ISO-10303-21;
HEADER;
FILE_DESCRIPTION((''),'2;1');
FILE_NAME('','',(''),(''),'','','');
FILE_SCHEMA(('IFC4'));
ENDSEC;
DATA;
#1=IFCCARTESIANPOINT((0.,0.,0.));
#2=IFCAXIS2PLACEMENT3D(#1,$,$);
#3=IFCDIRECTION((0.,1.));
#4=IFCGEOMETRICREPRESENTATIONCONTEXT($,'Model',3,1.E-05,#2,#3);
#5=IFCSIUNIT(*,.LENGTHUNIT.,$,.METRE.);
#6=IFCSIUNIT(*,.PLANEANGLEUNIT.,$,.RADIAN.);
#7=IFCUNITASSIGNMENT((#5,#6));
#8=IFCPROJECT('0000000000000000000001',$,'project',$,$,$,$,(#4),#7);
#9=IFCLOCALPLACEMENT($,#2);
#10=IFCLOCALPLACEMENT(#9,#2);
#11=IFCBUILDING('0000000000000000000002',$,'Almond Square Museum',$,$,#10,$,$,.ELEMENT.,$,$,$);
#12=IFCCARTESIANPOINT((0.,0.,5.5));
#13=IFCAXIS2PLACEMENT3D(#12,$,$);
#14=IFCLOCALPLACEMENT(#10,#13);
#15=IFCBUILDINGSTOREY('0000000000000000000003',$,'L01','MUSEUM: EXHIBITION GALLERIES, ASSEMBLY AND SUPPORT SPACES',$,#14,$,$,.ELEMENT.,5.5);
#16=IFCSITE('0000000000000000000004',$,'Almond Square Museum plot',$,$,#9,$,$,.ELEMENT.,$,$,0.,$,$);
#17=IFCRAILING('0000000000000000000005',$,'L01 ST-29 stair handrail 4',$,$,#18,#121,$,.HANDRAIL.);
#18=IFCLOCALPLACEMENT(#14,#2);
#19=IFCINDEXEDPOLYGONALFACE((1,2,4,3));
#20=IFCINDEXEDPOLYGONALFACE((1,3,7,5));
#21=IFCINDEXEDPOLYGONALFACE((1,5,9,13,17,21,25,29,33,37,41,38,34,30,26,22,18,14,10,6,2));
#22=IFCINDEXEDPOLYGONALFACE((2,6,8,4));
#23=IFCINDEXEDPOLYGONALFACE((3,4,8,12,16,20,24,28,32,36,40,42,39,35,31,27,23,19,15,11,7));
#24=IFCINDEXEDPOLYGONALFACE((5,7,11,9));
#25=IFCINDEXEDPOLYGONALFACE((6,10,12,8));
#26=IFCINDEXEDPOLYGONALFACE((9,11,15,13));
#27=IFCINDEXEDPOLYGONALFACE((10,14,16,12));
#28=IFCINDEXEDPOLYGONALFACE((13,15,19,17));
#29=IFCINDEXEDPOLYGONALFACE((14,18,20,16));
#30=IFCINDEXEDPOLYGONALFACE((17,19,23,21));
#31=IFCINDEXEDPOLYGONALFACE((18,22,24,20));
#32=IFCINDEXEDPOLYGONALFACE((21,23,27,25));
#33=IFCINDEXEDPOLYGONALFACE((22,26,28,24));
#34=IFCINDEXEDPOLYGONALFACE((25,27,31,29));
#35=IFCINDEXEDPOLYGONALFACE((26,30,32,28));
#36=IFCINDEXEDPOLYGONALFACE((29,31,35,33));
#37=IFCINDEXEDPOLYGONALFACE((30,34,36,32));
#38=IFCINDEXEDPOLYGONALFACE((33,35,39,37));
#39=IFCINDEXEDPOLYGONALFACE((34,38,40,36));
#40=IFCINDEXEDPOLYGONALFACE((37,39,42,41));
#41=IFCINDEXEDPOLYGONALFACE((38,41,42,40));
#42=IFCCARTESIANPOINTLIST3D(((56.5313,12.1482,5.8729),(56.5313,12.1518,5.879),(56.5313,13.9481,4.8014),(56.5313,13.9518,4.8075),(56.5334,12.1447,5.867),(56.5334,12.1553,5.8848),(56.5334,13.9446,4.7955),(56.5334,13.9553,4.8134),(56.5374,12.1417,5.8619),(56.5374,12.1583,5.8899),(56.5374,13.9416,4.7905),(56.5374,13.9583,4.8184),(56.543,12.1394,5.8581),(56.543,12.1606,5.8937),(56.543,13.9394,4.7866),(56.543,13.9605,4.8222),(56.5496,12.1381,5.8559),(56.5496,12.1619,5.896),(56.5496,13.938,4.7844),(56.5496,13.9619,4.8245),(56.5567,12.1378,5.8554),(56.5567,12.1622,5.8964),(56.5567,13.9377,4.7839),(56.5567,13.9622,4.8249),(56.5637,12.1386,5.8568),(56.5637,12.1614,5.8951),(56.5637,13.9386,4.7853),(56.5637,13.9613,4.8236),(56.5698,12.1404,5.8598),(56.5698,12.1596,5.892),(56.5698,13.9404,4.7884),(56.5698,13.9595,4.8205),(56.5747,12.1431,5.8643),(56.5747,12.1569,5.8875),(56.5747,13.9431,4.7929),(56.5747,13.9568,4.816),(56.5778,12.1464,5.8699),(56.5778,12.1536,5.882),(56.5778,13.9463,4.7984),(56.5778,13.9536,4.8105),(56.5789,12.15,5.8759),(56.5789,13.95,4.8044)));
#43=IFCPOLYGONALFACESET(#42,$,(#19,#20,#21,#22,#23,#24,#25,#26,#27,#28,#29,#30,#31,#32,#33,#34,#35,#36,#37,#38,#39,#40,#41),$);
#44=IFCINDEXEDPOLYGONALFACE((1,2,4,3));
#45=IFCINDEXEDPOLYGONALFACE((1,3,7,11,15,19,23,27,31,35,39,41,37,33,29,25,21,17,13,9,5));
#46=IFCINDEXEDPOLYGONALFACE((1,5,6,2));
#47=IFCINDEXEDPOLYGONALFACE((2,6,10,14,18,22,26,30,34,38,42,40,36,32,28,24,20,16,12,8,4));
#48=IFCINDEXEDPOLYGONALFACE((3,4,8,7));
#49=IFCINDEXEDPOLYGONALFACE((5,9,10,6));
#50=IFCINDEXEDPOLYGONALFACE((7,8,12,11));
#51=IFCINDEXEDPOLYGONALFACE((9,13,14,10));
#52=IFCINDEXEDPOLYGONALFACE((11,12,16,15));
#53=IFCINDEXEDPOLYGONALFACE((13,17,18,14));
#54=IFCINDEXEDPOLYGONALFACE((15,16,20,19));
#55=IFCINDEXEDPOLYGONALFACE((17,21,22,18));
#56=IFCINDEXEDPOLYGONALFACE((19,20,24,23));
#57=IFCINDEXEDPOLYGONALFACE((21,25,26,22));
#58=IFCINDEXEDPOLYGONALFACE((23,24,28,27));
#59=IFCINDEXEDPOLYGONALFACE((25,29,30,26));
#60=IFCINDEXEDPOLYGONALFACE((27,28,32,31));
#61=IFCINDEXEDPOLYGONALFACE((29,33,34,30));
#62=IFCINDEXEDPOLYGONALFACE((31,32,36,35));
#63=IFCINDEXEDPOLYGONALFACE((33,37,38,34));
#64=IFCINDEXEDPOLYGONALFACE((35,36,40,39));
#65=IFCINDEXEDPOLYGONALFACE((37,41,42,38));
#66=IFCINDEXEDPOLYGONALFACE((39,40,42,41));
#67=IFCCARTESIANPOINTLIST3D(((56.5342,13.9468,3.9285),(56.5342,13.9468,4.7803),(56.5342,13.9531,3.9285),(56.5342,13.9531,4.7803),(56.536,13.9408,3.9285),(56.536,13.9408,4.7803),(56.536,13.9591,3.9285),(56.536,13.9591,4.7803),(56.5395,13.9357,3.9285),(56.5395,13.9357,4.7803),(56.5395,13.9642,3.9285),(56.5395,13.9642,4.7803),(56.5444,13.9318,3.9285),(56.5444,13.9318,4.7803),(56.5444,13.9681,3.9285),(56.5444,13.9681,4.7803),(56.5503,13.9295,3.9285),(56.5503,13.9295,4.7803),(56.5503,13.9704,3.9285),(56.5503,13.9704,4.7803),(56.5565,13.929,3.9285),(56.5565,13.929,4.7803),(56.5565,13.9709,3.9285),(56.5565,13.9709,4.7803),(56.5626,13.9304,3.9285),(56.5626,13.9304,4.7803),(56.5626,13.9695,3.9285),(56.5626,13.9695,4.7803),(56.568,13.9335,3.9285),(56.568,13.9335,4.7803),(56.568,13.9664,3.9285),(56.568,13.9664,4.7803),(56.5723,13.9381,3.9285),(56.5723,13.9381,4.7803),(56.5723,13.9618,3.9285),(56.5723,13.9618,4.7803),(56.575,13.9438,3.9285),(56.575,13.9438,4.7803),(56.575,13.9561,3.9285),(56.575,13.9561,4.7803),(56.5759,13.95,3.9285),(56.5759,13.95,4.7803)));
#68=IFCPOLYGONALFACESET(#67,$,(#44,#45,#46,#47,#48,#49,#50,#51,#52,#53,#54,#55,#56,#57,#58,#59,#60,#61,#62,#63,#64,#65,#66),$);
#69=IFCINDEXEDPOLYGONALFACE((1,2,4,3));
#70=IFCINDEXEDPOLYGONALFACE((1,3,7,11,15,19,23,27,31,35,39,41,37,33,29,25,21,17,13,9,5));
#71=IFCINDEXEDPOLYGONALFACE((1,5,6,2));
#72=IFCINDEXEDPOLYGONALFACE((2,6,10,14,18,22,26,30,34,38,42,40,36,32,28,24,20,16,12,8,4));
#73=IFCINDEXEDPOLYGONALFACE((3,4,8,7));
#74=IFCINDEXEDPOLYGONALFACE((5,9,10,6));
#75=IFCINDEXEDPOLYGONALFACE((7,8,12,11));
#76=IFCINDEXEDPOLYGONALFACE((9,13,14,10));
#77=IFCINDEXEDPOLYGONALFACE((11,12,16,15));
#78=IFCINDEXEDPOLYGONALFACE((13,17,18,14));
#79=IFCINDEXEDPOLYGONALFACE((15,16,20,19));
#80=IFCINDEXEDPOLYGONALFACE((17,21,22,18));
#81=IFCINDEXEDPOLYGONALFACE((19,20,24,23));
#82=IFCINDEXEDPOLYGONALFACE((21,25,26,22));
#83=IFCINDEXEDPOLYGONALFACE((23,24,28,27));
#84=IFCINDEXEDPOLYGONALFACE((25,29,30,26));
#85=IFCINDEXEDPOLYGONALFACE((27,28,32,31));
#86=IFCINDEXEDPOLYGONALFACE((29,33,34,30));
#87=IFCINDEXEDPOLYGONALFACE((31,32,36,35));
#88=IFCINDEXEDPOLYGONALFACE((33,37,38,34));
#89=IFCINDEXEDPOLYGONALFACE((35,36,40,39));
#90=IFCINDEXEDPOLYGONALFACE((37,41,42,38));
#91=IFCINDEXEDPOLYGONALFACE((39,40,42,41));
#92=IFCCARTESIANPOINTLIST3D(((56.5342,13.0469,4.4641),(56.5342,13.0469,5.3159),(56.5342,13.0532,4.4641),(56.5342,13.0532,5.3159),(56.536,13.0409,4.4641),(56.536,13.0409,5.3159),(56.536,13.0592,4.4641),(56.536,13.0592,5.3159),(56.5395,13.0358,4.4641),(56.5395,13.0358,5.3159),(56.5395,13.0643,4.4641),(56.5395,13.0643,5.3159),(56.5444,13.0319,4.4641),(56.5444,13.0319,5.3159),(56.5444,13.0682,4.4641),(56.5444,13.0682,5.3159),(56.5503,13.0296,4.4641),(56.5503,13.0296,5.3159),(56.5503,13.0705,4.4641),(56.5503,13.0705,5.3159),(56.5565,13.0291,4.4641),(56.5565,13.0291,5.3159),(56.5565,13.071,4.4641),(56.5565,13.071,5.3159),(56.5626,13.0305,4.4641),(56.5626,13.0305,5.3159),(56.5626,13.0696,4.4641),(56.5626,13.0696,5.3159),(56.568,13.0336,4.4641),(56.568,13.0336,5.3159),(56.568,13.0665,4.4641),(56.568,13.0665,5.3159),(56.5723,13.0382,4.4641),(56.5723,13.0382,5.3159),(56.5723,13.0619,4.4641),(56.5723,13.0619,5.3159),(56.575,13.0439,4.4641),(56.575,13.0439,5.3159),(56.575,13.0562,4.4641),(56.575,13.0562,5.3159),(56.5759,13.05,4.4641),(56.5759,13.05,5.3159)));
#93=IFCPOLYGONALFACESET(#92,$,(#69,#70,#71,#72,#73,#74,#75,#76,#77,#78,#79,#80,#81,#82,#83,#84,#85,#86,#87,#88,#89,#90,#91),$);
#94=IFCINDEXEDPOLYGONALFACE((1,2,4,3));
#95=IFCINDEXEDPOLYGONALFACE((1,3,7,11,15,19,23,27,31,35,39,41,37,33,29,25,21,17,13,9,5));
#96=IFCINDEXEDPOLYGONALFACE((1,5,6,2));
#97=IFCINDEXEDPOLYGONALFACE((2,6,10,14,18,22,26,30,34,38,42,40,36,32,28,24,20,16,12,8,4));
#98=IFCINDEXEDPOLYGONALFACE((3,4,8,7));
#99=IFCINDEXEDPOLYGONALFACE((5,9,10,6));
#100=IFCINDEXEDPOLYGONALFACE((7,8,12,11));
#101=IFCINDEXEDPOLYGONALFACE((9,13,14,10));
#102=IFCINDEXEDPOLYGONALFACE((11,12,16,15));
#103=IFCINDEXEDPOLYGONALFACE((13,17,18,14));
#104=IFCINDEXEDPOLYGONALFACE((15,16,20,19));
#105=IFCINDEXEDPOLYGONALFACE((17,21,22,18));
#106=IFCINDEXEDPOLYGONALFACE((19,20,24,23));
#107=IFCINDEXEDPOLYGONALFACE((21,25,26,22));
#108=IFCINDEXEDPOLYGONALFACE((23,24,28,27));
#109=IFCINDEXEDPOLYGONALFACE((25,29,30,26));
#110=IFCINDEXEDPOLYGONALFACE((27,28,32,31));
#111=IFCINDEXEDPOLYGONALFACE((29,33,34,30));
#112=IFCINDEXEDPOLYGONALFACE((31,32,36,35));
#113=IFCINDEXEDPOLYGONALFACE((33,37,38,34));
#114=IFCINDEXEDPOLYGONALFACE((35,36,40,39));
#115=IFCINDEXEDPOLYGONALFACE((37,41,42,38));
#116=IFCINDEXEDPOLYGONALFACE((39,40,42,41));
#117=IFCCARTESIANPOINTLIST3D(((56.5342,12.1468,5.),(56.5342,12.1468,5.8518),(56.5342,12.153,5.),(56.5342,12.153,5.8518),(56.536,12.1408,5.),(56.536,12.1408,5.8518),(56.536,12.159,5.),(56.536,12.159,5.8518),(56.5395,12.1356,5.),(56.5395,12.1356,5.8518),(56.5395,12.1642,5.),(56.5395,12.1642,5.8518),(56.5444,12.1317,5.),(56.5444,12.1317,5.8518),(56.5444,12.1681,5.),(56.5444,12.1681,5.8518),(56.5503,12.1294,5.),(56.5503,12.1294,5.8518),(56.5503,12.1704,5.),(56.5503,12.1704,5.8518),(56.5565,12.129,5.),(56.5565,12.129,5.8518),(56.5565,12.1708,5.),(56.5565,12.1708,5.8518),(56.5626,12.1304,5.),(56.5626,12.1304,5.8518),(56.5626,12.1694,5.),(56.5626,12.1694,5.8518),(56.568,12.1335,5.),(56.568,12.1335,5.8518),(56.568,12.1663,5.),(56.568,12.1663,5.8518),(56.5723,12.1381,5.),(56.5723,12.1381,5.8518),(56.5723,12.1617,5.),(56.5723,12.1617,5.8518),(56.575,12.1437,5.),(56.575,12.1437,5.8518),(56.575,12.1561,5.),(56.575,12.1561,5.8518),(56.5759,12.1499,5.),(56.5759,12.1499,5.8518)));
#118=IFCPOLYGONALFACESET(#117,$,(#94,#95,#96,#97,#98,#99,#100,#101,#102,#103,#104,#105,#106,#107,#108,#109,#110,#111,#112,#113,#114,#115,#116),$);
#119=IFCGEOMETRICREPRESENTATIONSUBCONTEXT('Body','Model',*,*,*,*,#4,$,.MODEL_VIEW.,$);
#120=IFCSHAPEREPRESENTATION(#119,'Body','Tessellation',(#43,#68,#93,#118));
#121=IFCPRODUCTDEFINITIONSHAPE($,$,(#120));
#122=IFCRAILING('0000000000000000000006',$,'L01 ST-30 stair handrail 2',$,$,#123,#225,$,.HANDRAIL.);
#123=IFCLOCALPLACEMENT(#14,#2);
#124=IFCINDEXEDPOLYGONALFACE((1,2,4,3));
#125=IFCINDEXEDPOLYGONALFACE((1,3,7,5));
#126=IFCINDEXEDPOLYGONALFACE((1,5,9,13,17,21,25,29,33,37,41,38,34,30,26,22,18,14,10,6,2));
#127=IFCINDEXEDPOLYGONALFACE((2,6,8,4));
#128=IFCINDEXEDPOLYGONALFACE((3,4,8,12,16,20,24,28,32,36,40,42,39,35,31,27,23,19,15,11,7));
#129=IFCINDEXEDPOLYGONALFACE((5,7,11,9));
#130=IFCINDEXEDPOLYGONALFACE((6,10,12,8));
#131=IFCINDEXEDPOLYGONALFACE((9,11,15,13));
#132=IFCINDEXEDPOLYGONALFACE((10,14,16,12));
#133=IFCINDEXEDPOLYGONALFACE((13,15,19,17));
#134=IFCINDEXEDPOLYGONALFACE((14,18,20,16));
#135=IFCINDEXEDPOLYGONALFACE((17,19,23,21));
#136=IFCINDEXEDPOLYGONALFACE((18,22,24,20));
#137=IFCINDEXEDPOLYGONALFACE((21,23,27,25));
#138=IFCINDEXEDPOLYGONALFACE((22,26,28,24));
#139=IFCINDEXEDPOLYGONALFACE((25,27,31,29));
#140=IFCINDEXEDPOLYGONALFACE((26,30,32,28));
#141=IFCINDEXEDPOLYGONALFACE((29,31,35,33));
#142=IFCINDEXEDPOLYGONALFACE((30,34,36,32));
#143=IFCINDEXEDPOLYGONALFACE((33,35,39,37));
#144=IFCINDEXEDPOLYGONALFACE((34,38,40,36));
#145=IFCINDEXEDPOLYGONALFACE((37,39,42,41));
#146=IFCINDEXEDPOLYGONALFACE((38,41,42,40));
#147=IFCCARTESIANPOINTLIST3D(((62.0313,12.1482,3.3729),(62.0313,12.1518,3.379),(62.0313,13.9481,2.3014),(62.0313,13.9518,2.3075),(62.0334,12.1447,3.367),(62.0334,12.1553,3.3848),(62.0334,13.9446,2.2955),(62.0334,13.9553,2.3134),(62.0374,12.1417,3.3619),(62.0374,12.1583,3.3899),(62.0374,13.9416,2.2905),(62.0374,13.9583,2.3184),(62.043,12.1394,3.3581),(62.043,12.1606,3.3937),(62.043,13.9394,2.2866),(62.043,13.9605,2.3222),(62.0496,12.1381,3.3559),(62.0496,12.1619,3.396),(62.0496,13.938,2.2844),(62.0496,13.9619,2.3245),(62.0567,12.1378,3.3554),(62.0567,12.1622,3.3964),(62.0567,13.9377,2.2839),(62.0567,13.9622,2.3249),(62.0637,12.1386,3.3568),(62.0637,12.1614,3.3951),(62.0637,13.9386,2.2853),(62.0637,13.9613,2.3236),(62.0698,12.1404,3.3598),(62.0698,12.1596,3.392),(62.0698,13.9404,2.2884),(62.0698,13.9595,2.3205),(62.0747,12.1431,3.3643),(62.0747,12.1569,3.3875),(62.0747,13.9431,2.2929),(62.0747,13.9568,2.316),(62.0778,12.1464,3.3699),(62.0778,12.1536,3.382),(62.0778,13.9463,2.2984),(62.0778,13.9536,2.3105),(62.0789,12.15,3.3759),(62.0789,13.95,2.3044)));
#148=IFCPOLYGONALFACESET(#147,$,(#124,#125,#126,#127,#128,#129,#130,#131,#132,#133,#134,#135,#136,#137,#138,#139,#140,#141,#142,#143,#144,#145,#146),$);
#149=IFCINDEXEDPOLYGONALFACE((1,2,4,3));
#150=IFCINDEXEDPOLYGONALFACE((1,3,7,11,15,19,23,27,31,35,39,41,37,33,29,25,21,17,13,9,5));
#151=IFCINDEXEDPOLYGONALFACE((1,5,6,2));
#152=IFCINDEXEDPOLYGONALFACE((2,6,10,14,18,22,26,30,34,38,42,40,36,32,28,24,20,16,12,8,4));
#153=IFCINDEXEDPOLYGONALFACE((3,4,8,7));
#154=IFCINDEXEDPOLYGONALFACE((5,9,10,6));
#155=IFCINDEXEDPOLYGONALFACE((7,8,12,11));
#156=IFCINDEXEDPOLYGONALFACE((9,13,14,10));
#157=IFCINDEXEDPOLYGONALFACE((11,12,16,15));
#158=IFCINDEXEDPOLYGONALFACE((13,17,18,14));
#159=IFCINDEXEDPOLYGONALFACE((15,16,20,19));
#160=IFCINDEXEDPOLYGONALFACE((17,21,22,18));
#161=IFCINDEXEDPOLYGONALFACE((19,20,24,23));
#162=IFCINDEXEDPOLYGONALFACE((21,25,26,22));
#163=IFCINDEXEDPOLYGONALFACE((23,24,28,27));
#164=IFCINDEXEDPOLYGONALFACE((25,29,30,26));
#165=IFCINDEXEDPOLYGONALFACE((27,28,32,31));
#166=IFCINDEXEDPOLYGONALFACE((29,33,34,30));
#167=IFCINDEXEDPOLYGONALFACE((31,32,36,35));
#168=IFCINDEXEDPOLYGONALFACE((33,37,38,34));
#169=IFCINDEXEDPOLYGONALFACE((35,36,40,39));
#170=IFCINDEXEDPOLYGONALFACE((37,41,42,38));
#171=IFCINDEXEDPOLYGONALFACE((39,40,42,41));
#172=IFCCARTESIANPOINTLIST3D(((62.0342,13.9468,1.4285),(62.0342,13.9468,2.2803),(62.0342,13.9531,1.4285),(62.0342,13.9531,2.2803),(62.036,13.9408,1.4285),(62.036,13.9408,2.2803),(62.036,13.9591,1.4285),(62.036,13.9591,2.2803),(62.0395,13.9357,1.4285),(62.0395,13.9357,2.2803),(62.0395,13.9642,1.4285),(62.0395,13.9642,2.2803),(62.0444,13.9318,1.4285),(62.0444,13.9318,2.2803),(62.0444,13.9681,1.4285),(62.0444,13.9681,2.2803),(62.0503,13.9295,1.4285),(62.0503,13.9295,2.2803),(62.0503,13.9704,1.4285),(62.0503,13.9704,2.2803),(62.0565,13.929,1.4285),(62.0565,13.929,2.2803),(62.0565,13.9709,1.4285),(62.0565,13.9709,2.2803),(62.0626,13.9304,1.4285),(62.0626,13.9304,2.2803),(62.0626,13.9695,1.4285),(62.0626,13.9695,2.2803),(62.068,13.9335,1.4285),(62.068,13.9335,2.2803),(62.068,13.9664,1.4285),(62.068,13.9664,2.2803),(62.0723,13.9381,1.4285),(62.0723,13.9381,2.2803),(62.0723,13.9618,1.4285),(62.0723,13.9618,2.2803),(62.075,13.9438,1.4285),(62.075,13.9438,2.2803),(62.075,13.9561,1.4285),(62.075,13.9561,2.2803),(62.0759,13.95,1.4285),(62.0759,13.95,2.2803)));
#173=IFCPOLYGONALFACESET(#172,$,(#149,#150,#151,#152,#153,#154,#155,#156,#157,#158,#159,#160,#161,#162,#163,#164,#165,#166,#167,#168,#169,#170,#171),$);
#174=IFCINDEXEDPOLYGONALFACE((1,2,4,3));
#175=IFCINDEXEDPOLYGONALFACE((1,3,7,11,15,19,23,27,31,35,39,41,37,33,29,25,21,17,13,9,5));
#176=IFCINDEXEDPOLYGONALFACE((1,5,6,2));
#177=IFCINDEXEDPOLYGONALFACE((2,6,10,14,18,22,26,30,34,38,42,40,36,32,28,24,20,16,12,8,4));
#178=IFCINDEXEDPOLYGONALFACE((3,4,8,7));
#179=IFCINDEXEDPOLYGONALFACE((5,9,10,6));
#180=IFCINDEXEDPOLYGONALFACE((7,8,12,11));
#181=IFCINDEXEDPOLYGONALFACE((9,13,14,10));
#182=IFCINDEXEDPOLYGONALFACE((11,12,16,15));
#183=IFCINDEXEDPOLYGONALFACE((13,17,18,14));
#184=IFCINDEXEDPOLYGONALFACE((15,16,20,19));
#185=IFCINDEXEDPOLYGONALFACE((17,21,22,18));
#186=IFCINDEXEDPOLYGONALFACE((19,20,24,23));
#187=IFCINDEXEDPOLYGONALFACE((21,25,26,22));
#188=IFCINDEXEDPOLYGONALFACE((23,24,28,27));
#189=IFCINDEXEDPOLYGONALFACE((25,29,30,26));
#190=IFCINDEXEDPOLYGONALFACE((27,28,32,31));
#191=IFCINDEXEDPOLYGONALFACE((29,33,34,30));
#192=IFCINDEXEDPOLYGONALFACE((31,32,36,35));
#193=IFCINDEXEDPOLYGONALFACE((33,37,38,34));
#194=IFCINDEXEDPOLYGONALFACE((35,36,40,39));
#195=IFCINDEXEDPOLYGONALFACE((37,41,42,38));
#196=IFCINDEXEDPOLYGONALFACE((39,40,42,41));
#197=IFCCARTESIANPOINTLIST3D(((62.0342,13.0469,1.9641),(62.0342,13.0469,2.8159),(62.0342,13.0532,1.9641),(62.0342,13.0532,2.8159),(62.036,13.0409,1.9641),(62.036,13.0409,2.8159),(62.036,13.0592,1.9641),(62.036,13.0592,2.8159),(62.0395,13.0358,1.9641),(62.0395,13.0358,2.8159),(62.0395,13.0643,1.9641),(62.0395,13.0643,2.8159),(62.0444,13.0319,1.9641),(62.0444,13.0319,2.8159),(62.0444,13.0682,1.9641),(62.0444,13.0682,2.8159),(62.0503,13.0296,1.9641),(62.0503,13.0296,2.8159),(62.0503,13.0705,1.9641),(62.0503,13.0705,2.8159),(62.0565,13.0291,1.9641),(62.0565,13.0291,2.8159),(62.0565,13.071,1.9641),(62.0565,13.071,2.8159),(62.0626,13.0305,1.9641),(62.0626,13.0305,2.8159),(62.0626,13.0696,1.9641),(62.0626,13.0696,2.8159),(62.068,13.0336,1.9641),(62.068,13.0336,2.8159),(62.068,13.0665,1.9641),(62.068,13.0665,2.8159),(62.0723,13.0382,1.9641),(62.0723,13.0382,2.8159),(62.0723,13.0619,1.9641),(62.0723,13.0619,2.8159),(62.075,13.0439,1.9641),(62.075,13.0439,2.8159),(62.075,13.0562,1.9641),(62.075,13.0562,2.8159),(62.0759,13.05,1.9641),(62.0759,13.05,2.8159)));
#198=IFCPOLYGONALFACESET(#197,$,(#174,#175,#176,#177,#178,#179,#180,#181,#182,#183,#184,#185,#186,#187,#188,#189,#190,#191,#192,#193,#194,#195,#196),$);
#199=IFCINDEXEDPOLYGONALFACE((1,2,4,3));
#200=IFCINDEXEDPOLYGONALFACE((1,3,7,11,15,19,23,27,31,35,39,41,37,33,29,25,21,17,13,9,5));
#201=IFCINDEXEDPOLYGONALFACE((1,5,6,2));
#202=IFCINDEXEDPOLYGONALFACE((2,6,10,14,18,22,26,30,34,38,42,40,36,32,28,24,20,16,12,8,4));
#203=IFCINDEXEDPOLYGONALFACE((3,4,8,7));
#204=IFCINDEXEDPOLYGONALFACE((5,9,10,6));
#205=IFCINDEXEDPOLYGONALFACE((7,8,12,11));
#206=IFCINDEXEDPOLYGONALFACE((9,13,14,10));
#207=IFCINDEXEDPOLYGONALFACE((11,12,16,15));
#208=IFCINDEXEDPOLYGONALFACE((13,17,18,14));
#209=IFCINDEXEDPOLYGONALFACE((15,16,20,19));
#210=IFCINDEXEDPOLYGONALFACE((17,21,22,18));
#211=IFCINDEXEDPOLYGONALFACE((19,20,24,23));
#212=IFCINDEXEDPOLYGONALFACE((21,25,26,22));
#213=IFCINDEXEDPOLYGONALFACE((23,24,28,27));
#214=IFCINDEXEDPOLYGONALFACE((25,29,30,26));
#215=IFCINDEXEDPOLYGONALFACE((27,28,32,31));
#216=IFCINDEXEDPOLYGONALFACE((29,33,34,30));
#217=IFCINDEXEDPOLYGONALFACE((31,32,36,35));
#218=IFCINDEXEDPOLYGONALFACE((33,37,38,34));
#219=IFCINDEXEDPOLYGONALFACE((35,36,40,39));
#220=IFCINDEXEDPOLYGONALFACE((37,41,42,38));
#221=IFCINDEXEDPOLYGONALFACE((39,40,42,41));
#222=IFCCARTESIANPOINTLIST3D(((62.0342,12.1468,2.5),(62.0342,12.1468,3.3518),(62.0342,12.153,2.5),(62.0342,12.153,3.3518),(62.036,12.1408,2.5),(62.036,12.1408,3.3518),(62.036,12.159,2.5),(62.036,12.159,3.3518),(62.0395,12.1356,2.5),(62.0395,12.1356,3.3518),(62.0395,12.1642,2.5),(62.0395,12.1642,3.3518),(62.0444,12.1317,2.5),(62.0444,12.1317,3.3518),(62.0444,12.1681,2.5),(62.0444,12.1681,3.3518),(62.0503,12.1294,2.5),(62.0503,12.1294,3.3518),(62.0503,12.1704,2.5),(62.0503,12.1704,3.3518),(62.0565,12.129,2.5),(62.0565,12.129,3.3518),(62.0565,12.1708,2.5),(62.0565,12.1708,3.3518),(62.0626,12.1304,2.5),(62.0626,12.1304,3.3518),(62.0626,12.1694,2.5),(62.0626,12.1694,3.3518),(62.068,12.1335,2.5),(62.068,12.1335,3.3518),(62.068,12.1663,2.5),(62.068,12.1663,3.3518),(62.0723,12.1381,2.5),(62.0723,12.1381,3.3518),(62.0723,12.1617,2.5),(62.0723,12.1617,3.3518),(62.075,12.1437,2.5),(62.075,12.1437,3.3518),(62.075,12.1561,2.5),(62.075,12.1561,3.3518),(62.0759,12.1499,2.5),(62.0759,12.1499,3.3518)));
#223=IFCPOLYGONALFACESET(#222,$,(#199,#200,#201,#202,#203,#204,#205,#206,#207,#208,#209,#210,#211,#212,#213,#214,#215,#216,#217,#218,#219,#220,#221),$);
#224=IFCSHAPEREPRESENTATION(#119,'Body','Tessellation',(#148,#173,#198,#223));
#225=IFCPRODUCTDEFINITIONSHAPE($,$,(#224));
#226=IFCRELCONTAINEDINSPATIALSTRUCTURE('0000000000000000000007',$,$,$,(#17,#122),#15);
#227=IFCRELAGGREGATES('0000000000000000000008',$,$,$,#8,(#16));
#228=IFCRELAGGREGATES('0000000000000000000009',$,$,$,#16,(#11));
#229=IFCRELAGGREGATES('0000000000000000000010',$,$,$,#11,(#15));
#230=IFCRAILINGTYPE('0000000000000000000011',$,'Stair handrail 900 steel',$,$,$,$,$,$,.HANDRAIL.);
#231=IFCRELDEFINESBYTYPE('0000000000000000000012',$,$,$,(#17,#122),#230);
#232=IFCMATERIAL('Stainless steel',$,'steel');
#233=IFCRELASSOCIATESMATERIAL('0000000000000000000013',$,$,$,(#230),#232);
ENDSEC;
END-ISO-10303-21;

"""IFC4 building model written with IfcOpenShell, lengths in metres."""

from ifc_helpers import new_model, si_unit, direction, frame, origin, origin_2d, place, context, subcontext, project, spatial, circle, extrude, material, type_object, element, save


model = new_model("IFC4")

# Units and contexts
model_context = context("Model", 3, precision=1e-05, world=origin(), true_north=direction((0.0, 1.0)))
body_context = subcontext(model_context, "Body", "Model", "MODEL_VIEW")
ifc_project = project(units=[si_unit("LENGTHUNIT", "METRE"), si_unit("PLANEANGLEUNIT", "RADIAN")], contexts=[model_context])

# Site, building, storey
site_placement = place(None, origin())
site = spatial("IfcSite", under=ifc_project, at=site_placement, Name="Almond Square Museum plot", CompositionType="ELEMENT", RefElevation=0.0)
building_placement = place(site_placement, origin())
building = spatial("IfcBuilding", under=site, at=building_placement, Name="Almond Square Museum", CompositionType="ELEMENT")
storey_placement = place(building_placement, frame((0.0, 0.0, 5.5)))
storey = spatial("IfcBuildingStorey", under=building, at=storey_placement, Name="L01", Description="MUSEUM: EXHIBITION GALLERIES, ASSEMBLY AND SUPPORT SPACES", CompositionType="ELEMENT", Elevation=5.5)

# Railings
ifc_material_1 = material(Name="Stainless steel", Category="steel")
railing_type_1 = type_object("IfcRailingType", Name="Stair handrail 900 steel", PredefinedType="HANDRAIL", material=ifc_material_1)
for number, where, name in (
    (1, (56.5549, 13.95, 3.9285), "L01 ST-29 stair handrail 4"),
    (2, (62.0549, 13.95, 1.4285), "L01 ST-30 stair handrail 2"),
):
    element("IfcRailing", number, at=place(storey_placement, frame(where)), inside=storey, type_object=railing_type_1, Name=name, PredefinedType="HANDRAIL", context=body_context, shape_type="SweptSolid", body=[
        extrude(circle(Radius=0.0239, at=origin_2d()), frame((0.0, 0.0, 0.876), z_axis=(0.0, -0.859277, 0.51151), x_axis=(1.0, 0.0, 0.0)), (0.0, 0.0, 1.0), 2.0947),
        extrude(circle(Radius=0.021, at=origin_2d()), origin(), (0.0, 0.0, 1.0), 0.8518),
        extrude(circle(Radius=0.021, at=origin_2d()), frame((0.0, -0.8999, 0.5356)), (0.0, 0.0, 1.0), 0.8518),
        extrude(circle(Radius=0.021, at=origin_2d()), frame((0.0, -1.8, 1.0715)), (0.0, 0.0, 1.0), 0.8518),
    ])

save(model, "model.ifc")
